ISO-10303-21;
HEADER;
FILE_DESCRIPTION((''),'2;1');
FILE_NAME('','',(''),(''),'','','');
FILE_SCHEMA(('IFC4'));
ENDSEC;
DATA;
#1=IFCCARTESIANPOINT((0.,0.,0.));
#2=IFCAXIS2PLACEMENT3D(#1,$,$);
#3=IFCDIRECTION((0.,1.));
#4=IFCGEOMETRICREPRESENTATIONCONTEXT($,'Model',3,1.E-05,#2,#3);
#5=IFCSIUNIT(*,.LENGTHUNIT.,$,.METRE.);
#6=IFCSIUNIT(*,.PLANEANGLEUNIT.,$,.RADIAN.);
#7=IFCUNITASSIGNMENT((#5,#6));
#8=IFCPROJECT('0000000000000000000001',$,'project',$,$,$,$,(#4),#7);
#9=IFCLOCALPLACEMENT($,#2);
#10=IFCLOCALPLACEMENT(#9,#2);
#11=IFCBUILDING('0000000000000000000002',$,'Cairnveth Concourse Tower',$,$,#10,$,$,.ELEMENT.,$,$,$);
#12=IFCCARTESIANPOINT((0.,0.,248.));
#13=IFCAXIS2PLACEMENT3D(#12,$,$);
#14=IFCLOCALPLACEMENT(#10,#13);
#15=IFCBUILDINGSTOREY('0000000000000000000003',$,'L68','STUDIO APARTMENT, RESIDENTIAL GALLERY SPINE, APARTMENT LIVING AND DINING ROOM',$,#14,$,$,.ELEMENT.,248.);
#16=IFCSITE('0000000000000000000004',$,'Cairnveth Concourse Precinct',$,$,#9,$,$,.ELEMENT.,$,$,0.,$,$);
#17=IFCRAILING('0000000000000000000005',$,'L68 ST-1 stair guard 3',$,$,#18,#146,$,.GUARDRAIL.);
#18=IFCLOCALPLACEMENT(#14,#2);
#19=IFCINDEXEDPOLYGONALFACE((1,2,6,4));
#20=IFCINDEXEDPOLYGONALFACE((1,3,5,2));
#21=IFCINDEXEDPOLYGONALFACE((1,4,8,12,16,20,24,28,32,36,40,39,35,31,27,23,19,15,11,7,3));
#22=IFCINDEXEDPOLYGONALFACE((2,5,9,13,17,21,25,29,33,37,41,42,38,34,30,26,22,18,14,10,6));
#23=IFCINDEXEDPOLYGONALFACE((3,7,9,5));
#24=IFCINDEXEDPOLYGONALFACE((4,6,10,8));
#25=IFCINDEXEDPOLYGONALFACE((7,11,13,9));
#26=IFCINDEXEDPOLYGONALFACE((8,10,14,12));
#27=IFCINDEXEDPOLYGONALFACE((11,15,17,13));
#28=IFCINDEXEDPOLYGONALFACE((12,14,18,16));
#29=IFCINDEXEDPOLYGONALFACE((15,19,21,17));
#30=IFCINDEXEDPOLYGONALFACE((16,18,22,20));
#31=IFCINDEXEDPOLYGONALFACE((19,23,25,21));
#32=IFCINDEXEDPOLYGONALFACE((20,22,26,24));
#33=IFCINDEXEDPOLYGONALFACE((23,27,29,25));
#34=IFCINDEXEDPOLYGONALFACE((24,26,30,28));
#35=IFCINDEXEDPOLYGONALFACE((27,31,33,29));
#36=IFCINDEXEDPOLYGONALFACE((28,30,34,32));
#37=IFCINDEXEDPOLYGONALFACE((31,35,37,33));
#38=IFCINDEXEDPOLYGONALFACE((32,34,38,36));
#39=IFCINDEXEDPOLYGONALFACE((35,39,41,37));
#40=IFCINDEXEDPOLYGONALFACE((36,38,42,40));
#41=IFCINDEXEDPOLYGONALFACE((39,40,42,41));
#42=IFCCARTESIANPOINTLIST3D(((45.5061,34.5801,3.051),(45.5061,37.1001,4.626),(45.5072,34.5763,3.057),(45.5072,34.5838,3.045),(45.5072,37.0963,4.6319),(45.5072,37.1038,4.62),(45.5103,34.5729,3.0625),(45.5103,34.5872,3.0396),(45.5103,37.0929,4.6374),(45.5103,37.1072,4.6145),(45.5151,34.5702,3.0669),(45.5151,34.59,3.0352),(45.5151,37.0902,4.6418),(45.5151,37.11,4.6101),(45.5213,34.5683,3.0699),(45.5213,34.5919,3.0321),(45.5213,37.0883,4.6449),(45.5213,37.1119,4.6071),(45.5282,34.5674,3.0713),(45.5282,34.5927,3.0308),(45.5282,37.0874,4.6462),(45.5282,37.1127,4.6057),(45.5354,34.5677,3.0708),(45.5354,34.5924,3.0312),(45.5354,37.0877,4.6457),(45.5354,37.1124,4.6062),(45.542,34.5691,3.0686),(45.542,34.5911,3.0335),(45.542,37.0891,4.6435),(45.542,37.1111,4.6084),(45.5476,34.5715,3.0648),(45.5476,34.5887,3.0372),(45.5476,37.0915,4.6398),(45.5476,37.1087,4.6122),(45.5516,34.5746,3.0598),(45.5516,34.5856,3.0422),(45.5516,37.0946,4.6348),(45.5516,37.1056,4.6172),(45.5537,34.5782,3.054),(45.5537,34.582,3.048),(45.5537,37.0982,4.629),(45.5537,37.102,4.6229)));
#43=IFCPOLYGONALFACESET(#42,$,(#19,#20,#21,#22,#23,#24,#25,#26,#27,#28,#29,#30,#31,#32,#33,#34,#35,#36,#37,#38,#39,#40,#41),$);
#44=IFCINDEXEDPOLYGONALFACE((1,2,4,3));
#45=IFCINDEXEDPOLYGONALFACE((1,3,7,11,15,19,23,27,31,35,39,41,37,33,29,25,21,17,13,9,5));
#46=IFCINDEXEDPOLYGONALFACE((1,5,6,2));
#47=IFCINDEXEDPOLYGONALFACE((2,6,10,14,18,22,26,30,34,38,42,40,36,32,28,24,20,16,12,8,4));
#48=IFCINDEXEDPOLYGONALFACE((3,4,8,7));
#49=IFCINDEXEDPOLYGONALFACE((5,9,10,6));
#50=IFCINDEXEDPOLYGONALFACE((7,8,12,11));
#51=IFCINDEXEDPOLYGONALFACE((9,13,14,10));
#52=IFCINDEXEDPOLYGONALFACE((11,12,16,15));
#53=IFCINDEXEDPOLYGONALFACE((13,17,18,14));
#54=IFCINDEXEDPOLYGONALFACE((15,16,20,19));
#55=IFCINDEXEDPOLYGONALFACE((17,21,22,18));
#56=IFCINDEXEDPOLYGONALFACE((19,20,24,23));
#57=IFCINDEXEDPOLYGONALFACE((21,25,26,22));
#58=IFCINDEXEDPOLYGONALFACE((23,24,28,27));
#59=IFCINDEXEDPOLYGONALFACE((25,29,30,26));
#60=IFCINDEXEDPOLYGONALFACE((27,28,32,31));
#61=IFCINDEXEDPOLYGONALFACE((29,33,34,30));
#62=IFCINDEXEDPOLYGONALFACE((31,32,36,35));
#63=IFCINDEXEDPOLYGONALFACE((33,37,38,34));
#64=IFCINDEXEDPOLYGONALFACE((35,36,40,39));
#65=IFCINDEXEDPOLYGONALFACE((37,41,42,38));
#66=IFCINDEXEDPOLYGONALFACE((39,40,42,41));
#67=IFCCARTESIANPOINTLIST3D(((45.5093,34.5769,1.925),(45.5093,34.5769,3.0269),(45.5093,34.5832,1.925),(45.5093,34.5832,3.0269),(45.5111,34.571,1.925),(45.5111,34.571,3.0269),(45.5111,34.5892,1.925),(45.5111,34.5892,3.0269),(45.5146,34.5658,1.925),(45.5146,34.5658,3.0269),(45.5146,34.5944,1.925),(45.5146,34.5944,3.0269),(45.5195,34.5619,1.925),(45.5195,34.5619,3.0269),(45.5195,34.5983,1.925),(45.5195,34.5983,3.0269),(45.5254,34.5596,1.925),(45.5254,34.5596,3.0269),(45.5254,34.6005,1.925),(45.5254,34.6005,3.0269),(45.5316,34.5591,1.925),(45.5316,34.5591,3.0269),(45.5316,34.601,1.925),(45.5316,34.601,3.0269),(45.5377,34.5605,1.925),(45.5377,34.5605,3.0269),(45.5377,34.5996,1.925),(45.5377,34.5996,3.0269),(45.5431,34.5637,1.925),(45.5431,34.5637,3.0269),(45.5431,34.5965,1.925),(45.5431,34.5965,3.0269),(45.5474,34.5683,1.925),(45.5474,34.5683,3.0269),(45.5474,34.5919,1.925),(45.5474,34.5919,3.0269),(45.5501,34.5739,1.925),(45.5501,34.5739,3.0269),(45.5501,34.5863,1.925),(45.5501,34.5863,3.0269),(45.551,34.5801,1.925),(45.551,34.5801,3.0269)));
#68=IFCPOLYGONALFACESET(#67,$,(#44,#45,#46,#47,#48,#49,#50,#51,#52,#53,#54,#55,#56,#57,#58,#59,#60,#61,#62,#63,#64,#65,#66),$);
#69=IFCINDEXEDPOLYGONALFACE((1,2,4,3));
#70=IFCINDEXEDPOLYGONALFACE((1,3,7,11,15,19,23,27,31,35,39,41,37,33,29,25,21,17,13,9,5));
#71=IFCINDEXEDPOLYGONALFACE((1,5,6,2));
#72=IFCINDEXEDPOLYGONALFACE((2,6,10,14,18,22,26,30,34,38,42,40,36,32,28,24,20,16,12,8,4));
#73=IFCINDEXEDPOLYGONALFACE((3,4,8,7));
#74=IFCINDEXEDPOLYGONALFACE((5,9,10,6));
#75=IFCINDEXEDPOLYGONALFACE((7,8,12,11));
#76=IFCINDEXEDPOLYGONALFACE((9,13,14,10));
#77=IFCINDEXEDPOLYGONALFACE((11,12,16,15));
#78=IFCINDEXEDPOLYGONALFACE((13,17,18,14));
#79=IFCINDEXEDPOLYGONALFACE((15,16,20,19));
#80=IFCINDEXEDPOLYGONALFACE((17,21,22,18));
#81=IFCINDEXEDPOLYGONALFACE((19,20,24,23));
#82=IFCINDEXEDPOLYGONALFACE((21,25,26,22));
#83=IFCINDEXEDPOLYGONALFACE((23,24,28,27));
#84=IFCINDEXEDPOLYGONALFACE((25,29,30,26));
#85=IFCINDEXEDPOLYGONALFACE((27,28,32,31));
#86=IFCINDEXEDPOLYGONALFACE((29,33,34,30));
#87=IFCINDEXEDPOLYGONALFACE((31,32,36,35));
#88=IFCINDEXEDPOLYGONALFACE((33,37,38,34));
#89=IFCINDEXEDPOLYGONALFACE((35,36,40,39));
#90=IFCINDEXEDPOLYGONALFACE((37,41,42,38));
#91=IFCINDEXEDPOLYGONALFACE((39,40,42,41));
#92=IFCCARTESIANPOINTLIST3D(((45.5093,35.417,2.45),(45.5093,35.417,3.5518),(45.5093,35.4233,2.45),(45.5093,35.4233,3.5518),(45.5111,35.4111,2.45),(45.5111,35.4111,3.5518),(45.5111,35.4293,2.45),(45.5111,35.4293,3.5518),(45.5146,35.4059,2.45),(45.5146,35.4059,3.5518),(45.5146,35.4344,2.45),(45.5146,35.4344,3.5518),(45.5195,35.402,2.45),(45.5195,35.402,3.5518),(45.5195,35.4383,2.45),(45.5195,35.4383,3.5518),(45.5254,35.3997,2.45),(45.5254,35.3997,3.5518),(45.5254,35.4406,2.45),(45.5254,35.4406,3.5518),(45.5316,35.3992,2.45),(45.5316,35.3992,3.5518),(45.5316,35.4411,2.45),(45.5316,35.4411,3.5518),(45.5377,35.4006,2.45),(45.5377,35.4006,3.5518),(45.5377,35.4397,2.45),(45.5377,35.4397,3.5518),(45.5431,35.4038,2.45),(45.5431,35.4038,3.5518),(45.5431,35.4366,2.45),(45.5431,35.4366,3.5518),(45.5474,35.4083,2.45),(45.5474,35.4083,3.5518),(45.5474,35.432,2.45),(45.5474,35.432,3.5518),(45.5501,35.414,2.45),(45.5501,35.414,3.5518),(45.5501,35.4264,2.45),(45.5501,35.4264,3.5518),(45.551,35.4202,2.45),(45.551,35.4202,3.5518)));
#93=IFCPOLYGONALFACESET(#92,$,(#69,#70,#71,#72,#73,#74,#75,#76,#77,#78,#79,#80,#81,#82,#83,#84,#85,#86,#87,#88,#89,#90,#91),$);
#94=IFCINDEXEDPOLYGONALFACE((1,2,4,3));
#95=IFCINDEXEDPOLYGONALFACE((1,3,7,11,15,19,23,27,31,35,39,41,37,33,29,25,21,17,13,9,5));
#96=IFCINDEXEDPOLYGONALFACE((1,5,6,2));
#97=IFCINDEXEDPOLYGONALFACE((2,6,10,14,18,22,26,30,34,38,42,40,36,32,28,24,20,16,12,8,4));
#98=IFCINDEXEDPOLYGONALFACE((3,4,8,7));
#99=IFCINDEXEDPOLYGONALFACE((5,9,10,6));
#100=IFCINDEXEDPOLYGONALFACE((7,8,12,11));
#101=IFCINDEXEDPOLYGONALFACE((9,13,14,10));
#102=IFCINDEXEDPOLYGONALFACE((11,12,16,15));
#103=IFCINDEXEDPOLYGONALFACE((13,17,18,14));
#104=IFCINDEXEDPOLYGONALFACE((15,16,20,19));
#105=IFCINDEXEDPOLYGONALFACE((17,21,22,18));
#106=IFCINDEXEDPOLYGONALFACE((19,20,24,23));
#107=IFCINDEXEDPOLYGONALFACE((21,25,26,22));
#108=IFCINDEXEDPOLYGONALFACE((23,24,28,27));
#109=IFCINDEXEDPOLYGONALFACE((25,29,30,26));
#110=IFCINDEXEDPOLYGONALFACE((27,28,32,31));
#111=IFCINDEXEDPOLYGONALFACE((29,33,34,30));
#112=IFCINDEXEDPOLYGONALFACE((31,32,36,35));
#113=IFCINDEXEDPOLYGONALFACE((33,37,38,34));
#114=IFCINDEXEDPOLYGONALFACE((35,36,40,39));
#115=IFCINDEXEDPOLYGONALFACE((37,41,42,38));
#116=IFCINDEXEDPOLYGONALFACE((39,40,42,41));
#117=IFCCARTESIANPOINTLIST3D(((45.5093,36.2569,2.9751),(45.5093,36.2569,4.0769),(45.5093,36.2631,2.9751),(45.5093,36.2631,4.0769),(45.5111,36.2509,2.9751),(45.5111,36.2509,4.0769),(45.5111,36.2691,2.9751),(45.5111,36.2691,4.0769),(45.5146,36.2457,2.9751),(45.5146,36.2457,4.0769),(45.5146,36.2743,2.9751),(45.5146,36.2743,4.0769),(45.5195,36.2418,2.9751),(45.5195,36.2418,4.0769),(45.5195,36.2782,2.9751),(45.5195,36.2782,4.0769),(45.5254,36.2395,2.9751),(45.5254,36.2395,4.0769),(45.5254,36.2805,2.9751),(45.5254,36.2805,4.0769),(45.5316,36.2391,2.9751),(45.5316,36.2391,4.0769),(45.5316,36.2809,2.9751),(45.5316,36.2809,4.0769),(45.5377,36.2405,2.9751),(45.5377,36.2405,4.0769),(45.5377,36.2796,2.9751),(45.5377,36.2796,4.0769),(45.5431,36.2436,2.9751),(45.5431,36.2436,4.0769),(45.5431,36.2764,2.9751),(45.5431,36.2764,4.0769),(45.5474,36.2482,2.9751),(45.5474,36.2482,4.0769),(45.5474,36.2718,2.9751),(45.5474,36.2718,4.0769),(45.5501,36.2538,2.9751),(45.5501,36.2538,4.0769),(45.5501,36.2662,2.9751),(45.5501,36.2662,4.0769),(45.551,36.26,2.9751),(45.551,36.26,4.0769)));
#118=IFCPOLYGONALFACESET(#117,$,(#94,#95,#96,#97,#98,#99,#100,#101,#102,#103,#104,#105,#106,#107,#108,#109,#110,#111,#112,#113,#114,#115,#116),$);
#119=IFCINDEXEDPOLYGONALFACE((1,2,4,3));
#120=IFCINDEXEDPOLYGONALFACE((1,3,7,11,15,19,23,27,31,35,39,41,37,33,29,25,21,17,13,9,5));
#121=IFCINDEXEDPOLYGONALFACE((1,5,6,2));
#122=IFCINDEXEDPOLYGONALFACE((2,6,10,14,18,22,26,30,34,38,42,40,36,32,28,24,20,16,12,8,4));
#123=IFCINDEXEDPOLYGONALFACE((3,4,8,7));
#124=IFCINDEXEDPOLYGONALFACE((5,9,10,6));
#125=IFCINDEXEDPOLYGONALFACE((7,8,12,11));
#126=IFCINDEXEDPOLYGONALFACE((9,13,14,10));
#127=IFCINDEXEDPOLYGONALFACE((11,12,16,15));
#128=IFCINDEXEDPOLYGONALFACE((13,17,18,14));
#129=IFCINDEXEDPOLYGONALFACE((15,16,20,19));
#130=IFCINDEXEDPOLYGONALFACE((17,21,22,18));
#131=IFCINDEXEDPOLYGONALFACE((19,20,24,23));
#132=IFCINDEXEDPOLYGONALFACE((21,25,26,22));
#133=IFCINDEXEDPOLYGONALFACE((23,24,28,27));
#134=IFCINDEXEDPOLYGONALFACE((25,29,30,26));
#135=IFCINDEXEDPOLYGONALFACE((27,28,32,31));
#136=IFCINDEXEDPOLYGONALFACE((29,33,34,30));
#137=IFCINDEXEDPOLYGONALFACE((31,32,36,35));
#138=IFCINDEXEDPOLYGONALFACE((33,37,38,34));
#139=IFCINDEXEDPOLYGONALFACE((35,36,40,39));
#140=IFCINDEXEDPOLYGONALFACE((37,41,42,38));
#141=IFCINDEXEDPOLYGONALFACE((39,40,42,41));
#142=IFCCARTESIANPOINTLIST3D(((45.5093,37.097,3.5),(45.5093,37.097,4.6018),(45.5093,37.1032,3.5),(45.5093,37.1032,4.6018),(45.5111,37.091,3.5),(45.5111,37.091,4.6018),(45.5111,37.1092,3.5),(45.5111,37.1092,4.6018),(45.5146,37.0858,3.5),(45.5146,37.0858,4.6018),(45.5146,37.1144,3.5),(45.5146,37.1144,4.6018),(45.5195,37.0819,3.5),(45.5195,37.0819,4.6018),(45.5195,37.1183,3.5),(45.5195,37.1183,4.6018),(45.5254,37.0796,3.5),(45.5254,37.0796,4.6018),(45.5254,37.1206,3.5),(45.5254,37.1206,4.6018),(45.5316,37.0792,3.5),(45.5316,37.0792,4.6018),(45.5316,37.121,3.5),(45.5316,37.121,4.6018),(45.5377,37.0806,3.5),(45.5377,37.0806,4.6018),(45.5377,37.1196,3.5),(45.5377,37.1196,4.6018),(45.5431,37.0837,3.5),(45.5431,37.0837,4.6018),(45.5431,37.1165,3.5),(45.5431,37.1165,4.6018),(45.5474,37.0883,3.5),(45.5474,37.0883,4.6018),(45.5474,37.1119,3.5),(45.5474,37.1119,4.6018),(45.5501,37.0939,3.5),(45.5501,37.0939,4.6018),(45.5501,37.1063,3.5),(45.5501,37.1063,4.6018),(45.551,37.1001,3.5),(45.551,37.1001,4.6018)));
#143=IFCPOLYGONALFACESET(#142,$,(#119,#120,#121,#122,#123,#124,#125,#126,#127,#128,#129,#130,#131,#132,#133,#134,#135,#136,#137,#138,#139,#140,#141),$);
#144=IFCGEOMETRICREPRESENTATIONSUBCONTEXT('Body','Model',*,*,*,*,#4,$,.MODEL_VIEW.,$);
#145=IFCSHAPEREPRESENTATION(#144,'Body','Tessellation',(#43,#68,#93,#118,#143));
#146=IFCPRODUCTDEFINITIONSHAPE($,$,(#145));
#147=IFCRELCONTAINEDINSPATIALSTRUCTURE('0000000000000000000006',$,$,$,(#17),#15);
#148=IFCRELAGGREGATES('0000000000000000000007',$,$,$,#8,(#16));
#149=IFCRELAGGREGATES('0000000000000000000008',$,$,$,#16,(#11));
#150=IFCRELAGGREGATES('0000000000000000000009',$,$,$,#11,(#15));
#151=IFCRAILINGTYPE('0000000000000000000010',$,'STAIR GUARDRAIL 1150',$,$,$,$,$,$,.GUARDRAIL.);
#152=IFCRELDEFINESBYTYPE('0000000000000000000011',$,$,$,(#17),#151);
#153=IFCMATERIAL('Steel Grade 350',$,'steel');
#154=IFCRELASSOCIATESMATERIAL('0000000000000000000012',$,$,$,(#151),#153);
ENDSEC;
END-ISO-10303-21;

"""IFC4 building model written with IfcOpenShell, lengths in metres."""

from ifc_helpers import new_model, si_unit, direction, frame, origin, origin_2d, place, context, subcontext, project, spatial, circle, extrude, material, type_object, element, save


model = new_model("IFC4")

# Units and contexts
model_context = context("Model", 3, precision=1e-05, world=origin(), true_north=direction((0.0, 1.0)))
body_context = subcontext(model_context, "Body", "Model", "MODEL_VIEW")
ifc_project = project(units=[si_unit("LENGTHUNIT", "METRE"), si_unit("PLANEANGLEUNIT", "RADIAN")], contexts=[model_context])

# Site, building, storey
site_placement = place(None, origin())
site = spatial("IfcSite", under=ifc_project, at=site_placement, Name="Cairnveth Concourse Precinct", CompositionType="ELEMENT", RefElevation=0.0)
building_placement = place(site_placement, origin())
building = spatial("IfcBuilding", under=site, at=building_placement, Name="Cairnveth Concourse Tower", CompositionType="ELEMENT")
storey_placement = place(building_placement, frame((0.0, 0.0, 248.0)))
storey = spatial("IfcBuildingStorey", under=building, at=storey_placement, Name="L68", Description="STUDIO APARTMENT, RESIDENTIAL GALLERY SPINE, APARTMENT LIVING AND DINING ROOM", CompositionType="ELEMENT", Elevation=248.0)

# Railing
ifc_material_1 = material(Name="Steel Grade 350", Category="steel")
railing_type_1 = type_object("IfcRailingType", Name="STAIR GUARDRAIL 1150", PredefinedType="GUARDRAIL", material=ifc_material_1)
railing_1_placement = place(storey_placement, frame((45.53, 34.5801, 1.925)))
element("IfcRailing", 1, at=railing_1_placement, inside=storey, type_object=railing_type_1, Name="L68 ST-1 stair guard 3", PredefinedType="GUARDRAIL", context=body_context, shape_type="SweptSolid", body=[
    extrude(circle(Radius=0.0239, at=origin_2d()), frame((0.0, 0.0, 1.126), z_axis=(0.0, 0.848008, 0.529984), x_axis=(-1.0, 0.0, 0.0)), (0.0, 0.0, 1.0), 2.9717),
    extrude(circle(Radius=0.021, at=origin_2d()), origin(), (0.0, 0.0, 1.0), 1.1018),
    extrude(circle(Radius=0.021, at=origin_2d()), frame((0.0, 0.8401, 0.5249)), (0.0, 0.0, 1.0), 1.1018),
    extrude(circle(Radius=0.021, at=origin_2d()), frame((0.0, 1.6799, 1.05)), (0.0, 0.0, 1.0), 1.1018),
    extrude(circle(Radius=0.021, at=origin_2d()), frame((0.0, 2.52, 1.575)), (0.0, 0.0, 1.0), 1.1018),
])

save(model, "model.ifc")
